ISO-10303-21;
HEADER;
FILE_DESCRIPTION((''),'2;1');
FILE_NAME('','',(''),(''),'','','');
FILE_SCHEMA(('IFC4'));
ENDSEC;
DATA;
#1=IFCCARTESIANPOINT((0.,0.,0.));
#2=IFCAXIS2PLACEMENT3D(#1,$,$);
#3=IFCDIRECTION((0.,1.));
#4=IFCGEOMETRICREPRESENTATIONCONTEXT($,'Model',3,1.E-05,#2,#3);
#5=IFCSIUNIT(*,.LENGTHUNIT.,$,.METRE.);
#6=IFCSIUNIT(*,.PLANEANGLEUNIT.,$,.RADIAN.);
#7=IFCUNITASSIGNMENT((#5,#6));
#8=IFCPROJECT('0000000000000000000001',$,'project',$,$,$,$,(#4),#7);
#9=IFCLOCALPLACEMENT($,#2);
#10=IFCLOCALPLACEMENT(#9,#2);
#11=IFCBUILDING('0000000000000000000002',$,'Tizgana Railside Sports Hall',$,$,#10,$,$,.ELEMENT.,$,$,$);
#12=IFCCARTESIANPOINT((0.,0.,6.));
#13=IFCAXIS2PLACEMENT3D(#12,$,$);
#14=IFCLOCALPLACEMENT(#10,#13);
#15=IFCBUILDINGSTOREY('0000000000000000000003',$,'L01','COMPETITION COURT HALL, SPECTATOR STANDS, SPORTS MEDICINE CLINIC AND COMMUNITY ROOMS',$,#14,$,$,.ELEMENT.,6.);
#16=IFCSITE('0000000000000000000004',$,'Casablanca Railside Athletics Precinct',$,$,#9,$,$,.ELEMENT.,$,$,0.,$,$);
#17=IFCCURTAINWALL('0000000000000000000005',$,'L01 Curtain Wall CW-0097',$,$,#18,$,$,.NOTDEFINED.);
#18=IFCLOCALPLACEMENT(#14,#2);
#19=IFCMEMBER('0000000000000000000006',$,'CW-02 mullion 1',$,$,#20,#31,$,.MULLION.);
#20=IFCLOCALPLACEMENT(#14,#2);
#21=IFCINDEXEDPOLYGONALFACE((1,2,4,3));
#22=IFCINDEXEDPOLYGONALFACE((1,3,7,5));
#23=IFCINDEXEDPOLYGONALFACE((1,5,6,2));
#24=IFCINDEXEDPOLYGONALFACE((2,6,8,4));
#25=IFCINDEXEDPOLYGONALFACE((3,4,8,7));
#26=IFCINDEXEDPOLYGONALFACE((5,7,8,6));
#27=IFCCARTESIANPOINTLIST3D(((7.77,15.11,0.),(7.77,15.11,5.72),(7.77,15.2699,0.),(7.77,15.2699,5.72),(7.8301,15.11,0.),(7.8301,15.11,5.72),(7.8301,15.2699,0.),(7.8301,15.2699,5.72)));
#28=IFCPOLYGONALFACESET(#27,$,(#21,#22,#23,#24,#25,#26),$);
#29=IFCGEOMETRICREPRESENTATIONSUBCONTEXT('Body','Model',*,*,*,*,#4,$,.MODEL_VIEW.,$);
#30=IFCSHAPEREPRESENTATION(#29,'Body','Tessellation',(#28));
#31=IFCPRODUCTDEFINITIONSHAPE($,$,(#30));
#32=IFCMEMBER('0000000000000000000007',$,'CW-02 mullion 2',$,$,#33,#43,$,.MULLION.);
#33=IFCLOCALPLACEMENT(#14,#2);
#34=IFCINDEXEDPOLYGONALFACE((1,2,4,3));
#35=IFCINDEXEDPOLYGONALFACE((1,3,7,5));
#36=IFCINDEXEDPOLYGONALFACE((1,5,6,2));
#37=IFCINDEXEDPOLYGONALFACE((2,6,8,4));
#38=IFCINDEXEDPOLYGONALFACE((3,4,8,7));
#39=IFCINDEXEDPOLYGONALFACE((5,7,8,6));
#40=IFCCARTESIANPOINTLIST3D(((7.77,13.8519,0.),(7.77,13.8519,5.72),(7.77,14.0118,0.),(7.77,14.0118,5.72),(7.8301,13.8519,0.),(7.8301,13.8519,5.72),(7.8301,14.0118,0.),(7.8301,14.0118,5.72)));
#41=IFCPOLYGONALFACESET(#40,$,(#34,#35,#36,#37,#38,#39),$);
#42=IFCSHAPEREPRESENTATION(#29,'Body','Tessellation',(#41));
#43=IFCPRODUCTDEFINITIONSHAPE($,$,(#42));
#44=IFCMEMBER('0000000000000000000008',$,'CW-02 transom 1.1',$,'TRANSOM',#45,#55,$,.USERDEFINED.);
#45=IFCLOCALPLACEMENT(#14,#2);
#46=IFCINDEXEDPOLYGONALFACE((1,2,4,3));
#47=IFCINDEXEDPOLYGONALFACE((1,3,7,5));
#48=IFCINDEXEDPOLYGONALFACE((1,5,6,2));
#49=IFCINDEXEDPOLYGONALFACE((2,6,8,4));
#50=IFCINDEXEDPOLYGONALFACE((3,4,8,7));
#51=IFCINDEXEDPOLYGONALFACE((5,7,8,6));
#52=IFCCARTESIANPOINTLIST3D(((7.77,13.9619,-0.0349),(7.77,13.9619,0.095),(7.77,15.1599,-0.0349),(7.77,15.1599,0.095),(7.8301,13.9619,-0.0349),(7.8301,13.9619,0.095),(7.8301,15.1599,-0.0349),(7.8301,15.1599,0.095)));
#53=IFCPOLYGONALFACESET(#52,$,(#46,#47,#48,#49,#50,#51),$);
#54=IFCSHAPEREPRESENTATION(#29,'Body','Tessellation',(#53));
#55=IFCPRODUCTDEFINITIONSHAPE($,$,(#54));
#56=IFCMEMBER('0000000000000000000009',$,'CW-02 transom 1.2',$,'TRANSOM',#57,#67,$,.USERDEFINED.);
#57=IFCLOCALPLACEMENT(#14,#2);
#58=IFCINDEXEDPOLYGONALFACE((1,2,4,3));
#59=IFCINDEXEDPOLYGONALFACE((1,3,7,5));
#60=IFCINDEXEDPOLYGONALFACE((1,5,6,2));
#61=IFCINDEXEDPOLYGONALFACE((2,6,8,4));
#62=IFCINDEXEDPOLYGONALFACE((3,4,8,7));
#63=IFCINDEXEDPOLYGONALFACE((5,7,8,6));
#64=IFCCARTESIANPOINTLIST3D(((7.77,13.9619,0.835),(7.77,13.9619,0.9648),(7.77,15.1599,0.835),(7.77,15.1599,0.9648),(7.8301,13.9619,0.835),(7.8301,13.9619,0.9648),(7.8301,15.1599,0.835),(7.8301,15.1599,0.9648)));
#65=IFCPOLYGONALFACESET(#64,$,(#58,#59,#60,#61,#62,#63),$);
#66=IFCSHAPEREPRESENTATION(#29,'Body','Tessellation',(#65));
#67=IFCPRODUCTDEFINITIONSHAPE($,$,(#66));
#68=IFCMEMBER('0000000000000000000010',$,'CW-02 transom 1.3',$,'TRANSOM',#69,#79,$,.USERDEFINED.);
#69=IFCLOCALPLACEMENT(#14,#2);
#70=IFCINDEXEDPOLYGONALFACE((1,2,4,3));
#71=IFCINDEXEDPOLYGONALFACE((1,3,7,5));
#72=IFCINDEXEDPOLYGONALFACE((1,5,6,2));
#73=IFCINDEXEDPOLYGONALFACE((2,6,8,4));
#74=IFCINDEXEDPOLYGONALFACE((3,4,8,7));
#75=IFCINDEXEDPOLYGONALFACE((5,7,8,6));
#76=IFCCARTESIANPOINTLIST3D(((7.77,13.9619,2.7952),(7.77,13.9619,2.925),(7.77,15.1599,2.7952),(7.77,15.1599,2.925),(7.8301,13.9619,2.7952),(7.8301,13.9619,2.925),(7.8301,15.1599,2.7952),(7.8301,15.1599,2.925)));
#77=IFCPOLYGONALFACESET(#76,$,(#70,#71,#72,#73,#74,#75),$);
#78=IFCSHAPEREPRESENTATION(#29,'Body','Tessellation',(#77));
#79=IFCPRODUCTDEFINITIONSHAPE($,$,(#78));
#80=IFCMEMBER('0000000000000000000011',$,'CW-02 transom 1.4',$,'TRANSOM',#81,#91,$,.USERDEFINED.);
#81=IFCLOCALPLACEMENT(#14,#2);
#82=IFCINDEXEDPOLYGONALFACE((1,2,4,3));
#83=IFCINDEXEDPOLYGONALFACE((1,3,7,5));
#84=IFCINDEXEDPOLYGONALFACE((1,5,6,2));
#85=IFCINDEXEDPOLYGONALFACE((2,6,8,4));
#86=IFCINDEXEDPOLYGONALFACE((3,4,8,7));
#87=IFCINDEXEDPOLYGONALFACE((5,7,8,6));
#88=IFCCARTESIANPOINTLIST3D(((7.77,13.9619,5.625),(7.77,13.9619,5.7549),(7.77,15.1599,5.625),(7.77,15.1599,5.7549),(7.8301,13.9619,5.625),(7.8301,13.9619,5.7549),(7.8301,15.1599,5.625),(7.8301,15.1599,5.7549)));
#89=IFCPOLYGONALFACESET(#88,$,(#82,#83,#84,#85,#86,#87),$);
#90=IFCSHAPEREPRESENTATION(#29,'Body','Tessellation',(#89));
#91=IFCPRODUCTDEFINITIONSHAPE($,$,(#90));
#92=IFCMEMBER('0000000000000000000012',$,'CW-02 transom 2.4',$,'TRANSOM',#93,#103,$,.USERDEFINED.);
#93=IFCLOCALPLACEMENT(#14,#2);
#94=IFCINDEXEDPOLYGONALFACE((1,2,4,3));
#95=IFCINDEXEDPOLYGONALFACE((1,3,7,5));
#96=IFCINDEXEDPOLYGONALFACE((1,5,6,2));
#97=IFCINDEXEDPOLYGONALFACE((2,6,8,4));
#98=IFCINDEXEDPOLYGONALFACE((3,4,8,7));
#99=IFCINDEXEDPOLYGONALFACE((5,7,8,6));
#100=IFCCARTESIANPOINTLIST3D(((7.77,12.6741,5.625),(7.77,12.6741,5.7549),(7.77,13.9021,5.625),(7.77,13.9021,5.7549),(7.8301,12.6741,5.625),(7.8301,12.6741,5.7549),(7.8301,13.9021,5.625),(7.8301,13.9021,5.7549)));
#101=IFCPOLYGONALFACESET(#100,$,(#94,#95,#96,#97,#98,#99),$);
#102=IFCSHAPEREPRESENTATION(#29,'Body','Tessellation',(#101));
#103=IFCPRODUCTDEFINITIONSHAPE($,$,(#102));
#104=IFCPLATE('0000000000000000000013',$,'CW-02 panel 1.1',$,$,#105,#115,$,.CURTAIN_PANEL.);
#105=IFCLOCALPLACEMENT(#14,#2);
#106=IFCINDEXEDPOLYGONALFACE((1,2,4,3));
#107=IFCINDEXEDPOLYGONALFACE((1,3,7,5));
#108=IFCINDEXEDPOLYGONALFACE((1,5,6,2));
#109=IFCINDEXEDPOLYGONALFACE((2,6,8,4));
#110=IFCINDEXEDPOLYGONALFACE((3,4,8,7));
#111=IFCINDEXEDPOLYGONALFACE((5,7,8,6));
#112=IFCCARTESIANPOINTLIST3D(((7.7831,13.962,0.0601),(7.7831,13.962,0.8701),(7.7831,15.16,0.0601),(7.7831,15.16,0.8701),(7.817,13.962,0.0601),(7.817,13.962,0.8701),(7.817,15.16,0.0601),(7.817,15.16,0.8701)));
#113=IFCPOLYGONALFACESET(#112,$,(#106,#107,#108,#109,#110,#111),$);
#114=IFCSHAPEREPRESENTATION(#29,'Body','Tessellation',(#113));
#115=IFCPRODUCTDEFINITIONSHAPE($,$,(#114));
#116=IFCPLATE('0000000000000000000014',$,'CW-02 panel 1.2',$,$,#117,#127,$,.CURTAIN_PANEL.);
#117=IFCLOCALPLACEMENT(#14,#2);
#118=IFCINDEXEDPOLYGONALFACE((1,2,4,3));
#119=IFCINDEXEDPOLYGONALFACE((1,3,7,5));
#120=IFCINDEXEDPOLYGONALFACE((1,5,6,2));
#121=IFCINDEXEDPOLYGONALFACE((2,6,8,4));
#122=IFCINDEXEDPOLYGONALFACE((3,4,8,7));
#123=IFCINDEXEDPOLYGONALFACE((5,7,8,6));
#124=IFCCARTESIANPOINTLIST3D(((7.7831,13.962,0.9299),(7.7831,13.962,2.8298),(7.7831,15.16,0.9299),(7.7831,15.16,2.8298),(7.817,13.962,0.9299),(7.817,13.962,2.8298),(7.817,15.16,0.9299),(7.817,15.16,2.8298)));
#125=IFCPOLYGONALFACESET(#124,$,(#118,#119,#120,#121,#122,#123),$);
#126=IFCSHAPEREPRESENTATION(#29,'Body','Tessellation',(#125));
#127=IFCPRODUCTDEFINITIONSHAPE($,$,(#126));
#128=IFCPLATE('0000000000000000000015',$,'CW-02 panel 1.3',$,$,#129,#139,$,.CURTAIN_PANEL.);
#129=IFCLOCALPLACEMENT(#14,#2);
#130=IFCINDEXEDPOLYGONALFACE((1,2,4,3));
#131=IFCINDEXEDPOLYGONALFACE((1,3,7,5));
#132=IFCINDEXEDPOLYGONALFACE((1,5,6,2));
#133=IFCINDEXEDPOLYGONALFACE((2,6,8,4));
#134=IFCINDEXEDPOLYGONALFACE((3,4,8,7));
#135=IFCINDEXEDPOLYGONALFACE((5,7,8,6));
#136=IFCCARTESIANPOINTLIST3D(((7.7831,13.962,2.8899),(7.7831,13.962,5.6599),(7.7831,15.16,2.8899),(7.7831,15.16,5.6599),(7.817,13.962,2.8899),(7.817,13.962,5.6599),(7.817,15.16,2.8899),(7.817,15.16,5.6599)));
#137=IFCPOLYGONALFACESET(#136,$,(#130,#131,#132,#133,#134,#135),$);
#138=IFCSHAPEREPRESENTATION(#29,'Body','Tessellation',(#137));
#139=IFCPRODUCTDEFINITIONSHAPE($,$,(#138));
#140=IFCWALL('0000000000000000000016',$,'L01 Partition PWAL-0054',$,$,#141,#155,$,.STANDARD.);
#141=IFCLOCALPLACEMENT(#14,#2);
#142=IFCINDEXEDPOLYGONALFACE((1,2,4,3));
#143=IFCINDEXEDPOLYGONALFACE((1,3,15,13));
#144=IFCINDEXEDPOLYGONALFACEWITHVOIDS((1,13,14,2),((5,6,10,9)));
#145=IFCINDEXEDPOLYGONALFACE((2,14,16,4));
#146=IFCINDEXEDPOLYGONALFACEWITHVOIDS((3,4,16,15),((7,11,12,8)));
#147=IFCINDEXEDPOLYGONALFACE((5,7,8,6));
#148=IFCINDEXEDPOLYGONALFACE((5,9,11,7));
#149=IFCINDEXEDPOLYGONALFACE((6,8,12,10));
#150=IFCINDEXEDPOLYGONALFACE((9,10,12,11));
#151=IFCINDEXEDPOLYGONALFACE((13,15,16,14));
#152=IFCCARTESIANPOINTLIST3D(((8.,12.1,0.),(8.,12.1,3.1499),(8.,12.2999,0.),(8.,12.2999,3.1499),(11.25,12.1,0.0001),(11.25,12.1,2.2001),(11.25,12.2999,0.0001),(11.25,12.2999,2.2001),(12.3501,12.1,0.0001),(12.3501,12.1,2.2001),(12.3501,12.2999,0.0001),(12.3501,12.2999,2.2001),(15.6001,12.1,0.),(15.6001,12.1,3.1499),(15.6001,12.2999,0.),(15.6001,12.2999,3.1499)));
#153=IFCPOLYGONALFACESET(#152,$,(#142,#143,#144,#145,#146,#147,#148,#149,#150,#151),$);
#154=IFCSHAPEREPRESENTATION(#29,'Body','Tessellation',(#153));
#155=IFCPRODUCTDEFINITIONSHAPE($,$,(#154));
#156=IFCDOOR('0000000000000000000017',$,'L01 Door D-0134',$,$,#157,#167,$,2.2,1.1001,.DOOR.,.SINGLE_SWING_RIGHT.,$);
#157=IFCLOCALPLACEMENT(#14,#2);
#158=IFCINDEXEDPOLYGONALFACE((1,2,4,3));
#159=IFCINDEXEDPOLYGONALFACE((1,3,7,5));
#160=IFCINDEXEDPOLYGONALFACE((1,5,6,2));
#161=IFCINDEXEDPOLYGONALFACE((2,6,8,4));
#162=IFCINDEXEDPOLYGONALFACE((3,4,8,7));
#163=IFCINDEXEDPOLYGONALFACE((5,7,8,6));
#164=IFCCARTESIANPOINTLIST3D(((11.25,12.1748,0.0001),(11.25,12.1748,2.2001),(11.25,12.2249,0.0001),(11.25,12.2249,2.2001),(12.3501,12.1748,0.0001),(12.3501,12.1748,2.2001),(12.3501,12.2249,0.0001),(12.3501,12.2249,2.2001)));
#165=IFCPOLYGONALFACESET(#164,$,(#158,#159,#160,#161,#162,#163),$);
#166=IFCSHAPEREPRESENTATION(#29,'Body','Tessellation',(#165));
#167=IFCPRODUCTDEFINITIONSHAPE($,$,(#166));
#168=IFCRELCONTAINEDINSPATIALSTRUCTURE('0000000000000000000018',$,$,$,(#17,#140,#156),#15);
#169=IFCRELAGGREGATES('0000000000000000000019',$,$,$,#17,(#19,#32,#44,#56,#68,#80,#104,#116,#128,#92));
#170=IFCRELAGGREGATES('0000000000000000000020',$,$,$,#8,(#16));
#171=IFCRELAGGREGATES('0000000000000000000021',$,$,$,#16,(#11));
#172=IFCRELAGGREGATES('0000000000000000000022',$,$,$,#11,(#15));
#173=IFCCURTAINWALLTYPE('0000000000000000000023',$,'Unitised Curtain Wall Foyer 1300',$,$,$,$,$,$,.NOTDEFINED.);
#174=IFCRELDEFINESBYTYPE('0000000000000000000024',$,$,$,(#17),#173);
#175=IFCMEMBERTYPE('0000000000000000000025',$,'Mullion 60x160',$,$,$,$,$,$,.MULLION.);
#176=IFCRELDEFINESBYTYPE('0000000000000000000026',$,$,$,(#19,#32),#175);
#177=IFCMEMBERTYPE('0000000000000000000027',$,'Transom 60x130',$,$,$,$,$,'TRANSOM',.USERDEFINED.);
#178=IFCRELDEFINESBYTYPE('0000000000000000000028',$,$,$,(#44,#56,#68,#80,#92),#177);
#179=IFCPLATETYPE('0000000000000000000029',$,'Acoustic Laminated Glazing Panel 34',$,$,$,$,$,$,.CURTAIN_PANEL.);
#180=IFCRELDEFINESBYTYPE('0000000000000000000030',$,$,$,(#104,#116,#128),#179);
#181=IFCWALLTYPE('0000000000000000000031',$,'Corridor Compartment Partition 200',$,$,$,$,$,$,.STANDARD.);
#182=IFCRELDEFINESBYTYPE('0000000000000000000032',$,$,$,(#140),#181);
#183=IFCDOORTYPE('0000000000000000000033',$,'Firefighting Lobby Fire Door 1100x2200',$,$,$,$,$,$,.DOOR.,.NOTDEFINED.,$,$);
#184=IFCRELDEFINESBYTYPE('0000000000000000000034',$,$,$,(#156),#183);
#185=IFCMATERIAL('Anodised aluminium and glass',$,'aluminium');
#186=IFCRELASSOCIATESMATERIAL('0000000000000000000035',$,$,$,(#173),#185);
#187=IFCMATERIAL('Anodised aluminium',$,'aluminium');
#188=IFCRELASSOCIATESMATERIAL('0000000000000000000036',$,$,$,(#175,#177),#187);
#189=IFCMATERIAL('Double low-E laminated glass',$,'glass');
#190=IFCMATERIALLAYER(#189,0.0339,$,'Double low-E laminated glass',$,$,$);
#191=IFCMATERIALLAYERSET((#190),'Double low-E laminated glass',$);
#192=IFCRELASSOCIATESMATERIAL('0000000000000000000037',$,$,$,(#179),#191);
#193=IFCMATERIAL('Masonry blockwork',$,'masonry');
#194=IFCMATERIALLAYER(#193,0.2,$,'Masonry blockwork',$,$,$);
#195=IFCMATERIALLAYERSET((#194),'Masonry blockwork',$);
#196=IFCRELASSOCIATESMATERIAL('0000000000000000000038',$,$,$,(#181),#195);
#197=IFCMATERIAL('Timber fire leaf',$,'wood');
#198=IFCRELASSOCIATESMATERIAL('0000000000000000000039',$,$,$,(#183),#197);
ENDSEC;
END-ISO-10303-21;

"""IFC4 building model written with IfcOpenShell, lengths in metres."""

from ifc_helpers import new_model, si_unit, direction, frame, frame_2d, origin, origin_2d, place, context, subcontext, project, spatial, rectangle, extrude, material, layer, layer_set, material_profile, profile_set, type_object, element, fill, aggregate, save


model = new_model("IFC4")

# Units and contexts
model_context = context("Model", 3, precision=1e-05, world=origin(), true_north=direction((0.0, 1.0)))
body_context = subcontext(model_context, "Body", "Model", "MODEL_VIEW")
ifc_project = project(units=[si_unit("LENGTHUNIT", "METRE"), si_unit("PLANEANGLEUNIT", "RADIAN")], contexts=[model_context])

# Site, building, storey
site_placement = place(None, origin())
site = spatial("IfcSite", under=ifc_project, at=site_placement, Name="Casablanca Railside Athletics Precinct", CompositionType="ELEMENT", RefElevation=0.0)
building_placement = place(site_placement, origin())
building = spatial("IfcBuilding", under=site, at=building_placement, Name="Tizgana Railside Sports Hall", CompositionType="ELEMENT")
storey_placement = place(building_placement, frame((0.0, 0.0, 6.0)))
storey = spatial("IfcBuildingStorey", under=building, at=storey_placement, Name="L01", Description="COMPETITION COURT HALL, SPECTATOR STANDS, SPORTS MEDICINE CLINIC AND COMMUNITY ROOMS", CompositionType="ELEMENT", Elevation=6.0)

# Curtain wall, members, plates
ifc_material_1 = material(Name="Anodised aluminium and glass", Category="aluminium")
curtain_wall_type = type_object("IfcCurtainWallType", Name="Unitised Curtain Wall Foyer 1300", PredefinedType="NOTDEFINED", material=ifc_material_1)
curtain_wall_placement = place(storey_placement, origin())
curtain_wall = element("IfcCurtainWall", 1, at=curtain_wall_placement, inside=storey, type_object=curtain_wall_type, Name="L01 Curtain Wall CW-0097", PredefinedType="NOTDEFINED")
ifc_material_2 = material(Name="Anodised aluminium", Category="aluminium")
ifc_material_profile_1 = material_profile(ifc_material_2, rectangle(XDim=0.0601, YDim=0.1599, at=origin_2d()), Name="Mullion 60x160")
ifc_profile_set_1 = profile_set([ifc_material_profile_1], Name="Anodised aluminium")
member_type_1 = type_object("IfcMemberType", Name="Mullion 60x160", PredefinedType="MULLION", material=ifc_profile_set_1)
member_1_placement = place(storey_placement, frame((7.8, 15.1899, 0.0), z_axis=(0.0, 0.0, 1.0), x_axis=(1.0, 0.0, 0.0)))
member_1 = element("IfcMember", 2, at=member_1_placement, type_object=member_type_1, Name="CW-02 mullion 1", PredefinedType="MULLION", context=body_context, shape_type="SweptSolid", body=[
    extrude(rectangle(XDim=0.0601, YDim=0.1599, at=origin_2d()), origin(), (0.0, 0.0, 1.0), 5.72),
])
member_2_placement = place(storey_placement, frame((7.8, 13.9319, 0.0), z_axis=(0.0, 0.0, 1.0), x_axis=(1.0, 0.0, 0.0)))
member_2 = element("IfcMember", 3, at=member_2_placement, type_object=member_type_1, Name="CW-02 mullion 2", PredefinedType="MULLION", context=body_context, shape_type="SweptSolid", body=[
    extrude(rectangle(XDim=0.0601, YDim=0.1599, at=origin_2d()), origin(), (0.0, 0.0, 1.0), 5.72),
])
ifc_material_profile_2 = material_profile(ifc_material_2, rectangle(XDim=0.0601, YDim=0.1299, at=origin_2d()), Name="Transom 60x130")
ifc_profile_set_2 = profile_set([ifc_material_profile_2], Name="Anodised aluminium")
member_type_2 = type_object("IfcMemberType", Name="Transom 60x130", ElementType="TRANSOM", PredefinedType="USERDEFINED", material=ifc_profile_set_2)
member_3_placement = place(storey_placement, frame((7.8, 15.1599, 0.03), z_axis=(0.0, -1.0, 0.0), x_axis=(1.0, 0.0, 0.0)))
member_3 = element("IfcMember", 4, at=member_3_placement, type_object=member_type_2, Name="CW-02 transom 1.1", ObjectType="TRANSOM", PredefinedType="USERDEFINED", context=body_context, shape_type="SweptSolid", body=[
    extrude(rectangle(XDim=0.0601, YDim=0.1299, at=origin_2d()), origin(), (0.0, 0.0, 1.0), 1.198),
])
member_4_placement = place(storey_placement, frame((7.8, 15.1599, 0.8999), z_axis=(0.0, -1.0, 0.0), x_axis=(1.0, 0.0, 0.0)))
member_4 = element("IfcMember", 5, at=member_4_placement, type_object=member_type_2, Name="CW-02 transom 1.2", ObjectType="TRANSOM", PredefinedType="USERDEFINED", context=body_context, shape_type="SweptSolid", body=[
    extrude(rectangle(XDim=0.0601, YDim=0.1299, at=origin_2d()), origin(), (0.0, 0.0, 1.0), 1.198),
])
member_5_placement = place(storey_placement, frame((7.8, 15.1599, 2.8601), z_axis=(0.0, -1.0, 0.0), x_axis=(1.0, 0.0, 0.0)))
member_5 = element("IfcMember", 6, at=member_5_placement, type_object=member_type_2, Name="CW-02 transom 1.3", ObjectType="TRANSOM", PredefinedType="USERDEFINED", context=body_context, shape_type="SweptSolid", body=[
    extrude(rectangle(XDim=0.0601, YDim=0.1299, at=origin_2d()), origin(), (0.0, 0.0, 1.0), 1.198),
])
member_6_placement = place(storey_placement, frame((7.8, 15.1599, 5.6899), z_axis=(0.0, -1.0, 0.0), x_axis=(1.0, 0.0, 0.0)))
member_6 = element("IfcMember", 7, at=member_6_placement, type_object=member_type_2, Name="CW-02 transom 1.4", ObjectType="TRANSOM", PredefinedType="USERDEFINED", context=body_context, shape_type="SweptSolid", body=[
    extrude(rectangle(XDim=0.0601, YDim=0.1299, at=origin_2d()), origin(), (0.0, 0.0, 1.0), 1.198),
])
member_7_placement = place(storey_placement, frame((7.8, 13.9021, 5.6899), z_axis=(0.0, -1.0, 0.0), x_axis=(1.0, 0.0, 0.0)))
member_7 = element("IfcMember", 8, at=member_7_placement, type_object=member_type_2, Name="CW-02 transom 2.4", ObjectType="TRANSOM", PredefinedType="USERDEFINED", context=body_context, shape_type="SweptSolid", body=[
    extrude(rectangle(XDim=0.0601, YDim=0.1299, at=origin_2d()), origin(), (0.0, 0.0, 1.0), 1.228),
])
ifc_material_3 = material(Name="Double low-E laminated glass", Category="glass")
ifc_layer_1 = layer(ifc_material_3, 0.0339, Name="Double low-E laminated glass")
ifc_layer_set_1 = layer_set([ifc_layer_1], Name="Double low-E laminated glass")
plate_type = type_object("IfcPlateType", Name="Acoustic Laminated Glazing Panel 34", PredefinedType="CURTAIN_PANEL", material=ifc_layer_set_1)
plate_1_placement = place(storey_placement, frame((7.8, 14.561, 0.0601), z_axis=(0.0, 0.0, 1.0), x_axis=(0.0, -1.0, 0.0)))
plate_1 = element("IfcPlate", 9, at=plate_1_placement, type_object=plate_type, Name="CW-02 panel 1.1", PredefinedType="CURTAIN_PANEL", context=body_context, shape_type="SweptSolid", body=[
    extrude(rectangle(XDim=1.198, YDim=0.0339, at=origin_2d()), origin(), (0.0, 0.0, 1.0), 0.8101),
])
plate_2_placement = place(storey_placement, frame((7.8, 14.561, 0.9299), z_axis=(0.0, 0.0, 1.0), x_axis=(0.0, -1.0, 0.0)))
plate_2 = element("IfcPlate", 10, at=plate_2_placement, type_object=plate_type, Name="CW-02 panel 1.2", PredefinedType="CURTAIN_PANEL", context=body_context, shape_type="SweptSolid", body=[
    extrude(rectangle(XDim=1.198, YDim=0.0339, at=origin_2d()), origin(), (0.0, 0.0, 1.0), 1.8999),
])
plate_3_placement = place(storey_placement, frame((7.8, 14.561, 2.8899), z_axis=(0.0, 0.0, 1.0), x_axis=(0.0, -1.0, 0.0)))
plate_3 = element("IfcPlate", 11, at=plate_3_placement, type_object=plate_type, Name="CW-02 panel 1.3", PredefinedType="CURTAIN_PANEL", context=body_context, shape_type="SweptSolid", body=[
    extrude(rectangle(XDim=1.198, YDim=0.0339, at=origin_2d()), origin(), (0.0, 0.0, 1.0), 2.77),
])
aggregate(curtain_wall, [member_1, member_2, member_3, member_4, member_5, member_6, plate_1, plate_2, plate_3, member_7])

# Wall, opening, door
ifc_material_4 = material(Name="Masonry blockwork", Category="masonry")
ifc_layer_2 = layer(ifc_material_4, 0.2, Name="Masonry blockwork")
ifc_layer_set_2 = layer_set([ifc_layer_2], Name="Masonry blockwork")
wall_type_1 = type_object("IfcWallType", Name="Corridor Compartment Partition 200", PredefinedType="STANDARD", material=ifc_layer_set_2)
wall_1_placement = place(storey_placement, frame((8.0, 12.2, 0.0), z_axis=(0.0, 0.0, 1.0), x_axis=(1.0, 0.0, 0.0)))
wall_1 = element("IfcWall", 12, at=wall_1_placement, inside=storey, type_object=wall_type_1, Name="L01 Partition PWAL-0054", PredefinedType="STANDARD", context=body_context, shape_type="SweptSolid", body=[
    extrude(rectangle(XDim=7.6001, YDim=0.2, at=frame_2d((3.8, 0.0))), origin(), (0.0, 0.0, 1.0), 3.1499),
])
opening_1_placement = place(wall_1_placement, frame((3.25, 0.0, 0.0)))
opening_1 = element("IfcOpeningElement", 13, at=opening_1_placement, cuts=wall_1, PredefinedType="OPENING", context=body_context, shape_type="SweptSolid", body=[
    extrude(rectangle(XDim=1.1001, YDim=2.2, at=frame_2d((0.55, 1.1001))), frame((0.0, 0.1099, 0.0), z_axis=(0.0, -1.0, 0.0), x_axis=(1.0, 0.0, 0.0)), (0.0, 0.0, 1.0), 0.22),
])
ifc_material_5 = material(Name="Timber fire leaf", Category="wood")
door_type = type_object("IfcDoorType", Name="Firefighting Lobby Fire Door 1100x2200", OperationType="NOTDEFINED", PredefinedType="DOOR", material=ifc_material_5)
door_1_placement = place(opening_1_placement, origin())
door_1 = element("IfcDoor", 14, at=door_1_placement, inside=storey, type_object=door_type, Name="L01 Door D-0134", OperationType="SINGLE_SWING_RIGHT", OverallHeight=2.2, OverallWidth=1.1001, PredefinedType="DOOR", context=body_context, shape_type="SweptSolid", body=[
    extrude(rectangle(XDim=1.1001, YDim=2.2, at=frame_2d((0.55, 1.1001))), frame((0.0, 0.0249, 0.0), z_axis=(0.0, -1.0, 0.0), x_axis=(1.0, 0.0, 0.0)), (0.0, 0.0, 1.0), 0.05),
])
fill(opening_1, door_1)

save(model, "model.ifc")
